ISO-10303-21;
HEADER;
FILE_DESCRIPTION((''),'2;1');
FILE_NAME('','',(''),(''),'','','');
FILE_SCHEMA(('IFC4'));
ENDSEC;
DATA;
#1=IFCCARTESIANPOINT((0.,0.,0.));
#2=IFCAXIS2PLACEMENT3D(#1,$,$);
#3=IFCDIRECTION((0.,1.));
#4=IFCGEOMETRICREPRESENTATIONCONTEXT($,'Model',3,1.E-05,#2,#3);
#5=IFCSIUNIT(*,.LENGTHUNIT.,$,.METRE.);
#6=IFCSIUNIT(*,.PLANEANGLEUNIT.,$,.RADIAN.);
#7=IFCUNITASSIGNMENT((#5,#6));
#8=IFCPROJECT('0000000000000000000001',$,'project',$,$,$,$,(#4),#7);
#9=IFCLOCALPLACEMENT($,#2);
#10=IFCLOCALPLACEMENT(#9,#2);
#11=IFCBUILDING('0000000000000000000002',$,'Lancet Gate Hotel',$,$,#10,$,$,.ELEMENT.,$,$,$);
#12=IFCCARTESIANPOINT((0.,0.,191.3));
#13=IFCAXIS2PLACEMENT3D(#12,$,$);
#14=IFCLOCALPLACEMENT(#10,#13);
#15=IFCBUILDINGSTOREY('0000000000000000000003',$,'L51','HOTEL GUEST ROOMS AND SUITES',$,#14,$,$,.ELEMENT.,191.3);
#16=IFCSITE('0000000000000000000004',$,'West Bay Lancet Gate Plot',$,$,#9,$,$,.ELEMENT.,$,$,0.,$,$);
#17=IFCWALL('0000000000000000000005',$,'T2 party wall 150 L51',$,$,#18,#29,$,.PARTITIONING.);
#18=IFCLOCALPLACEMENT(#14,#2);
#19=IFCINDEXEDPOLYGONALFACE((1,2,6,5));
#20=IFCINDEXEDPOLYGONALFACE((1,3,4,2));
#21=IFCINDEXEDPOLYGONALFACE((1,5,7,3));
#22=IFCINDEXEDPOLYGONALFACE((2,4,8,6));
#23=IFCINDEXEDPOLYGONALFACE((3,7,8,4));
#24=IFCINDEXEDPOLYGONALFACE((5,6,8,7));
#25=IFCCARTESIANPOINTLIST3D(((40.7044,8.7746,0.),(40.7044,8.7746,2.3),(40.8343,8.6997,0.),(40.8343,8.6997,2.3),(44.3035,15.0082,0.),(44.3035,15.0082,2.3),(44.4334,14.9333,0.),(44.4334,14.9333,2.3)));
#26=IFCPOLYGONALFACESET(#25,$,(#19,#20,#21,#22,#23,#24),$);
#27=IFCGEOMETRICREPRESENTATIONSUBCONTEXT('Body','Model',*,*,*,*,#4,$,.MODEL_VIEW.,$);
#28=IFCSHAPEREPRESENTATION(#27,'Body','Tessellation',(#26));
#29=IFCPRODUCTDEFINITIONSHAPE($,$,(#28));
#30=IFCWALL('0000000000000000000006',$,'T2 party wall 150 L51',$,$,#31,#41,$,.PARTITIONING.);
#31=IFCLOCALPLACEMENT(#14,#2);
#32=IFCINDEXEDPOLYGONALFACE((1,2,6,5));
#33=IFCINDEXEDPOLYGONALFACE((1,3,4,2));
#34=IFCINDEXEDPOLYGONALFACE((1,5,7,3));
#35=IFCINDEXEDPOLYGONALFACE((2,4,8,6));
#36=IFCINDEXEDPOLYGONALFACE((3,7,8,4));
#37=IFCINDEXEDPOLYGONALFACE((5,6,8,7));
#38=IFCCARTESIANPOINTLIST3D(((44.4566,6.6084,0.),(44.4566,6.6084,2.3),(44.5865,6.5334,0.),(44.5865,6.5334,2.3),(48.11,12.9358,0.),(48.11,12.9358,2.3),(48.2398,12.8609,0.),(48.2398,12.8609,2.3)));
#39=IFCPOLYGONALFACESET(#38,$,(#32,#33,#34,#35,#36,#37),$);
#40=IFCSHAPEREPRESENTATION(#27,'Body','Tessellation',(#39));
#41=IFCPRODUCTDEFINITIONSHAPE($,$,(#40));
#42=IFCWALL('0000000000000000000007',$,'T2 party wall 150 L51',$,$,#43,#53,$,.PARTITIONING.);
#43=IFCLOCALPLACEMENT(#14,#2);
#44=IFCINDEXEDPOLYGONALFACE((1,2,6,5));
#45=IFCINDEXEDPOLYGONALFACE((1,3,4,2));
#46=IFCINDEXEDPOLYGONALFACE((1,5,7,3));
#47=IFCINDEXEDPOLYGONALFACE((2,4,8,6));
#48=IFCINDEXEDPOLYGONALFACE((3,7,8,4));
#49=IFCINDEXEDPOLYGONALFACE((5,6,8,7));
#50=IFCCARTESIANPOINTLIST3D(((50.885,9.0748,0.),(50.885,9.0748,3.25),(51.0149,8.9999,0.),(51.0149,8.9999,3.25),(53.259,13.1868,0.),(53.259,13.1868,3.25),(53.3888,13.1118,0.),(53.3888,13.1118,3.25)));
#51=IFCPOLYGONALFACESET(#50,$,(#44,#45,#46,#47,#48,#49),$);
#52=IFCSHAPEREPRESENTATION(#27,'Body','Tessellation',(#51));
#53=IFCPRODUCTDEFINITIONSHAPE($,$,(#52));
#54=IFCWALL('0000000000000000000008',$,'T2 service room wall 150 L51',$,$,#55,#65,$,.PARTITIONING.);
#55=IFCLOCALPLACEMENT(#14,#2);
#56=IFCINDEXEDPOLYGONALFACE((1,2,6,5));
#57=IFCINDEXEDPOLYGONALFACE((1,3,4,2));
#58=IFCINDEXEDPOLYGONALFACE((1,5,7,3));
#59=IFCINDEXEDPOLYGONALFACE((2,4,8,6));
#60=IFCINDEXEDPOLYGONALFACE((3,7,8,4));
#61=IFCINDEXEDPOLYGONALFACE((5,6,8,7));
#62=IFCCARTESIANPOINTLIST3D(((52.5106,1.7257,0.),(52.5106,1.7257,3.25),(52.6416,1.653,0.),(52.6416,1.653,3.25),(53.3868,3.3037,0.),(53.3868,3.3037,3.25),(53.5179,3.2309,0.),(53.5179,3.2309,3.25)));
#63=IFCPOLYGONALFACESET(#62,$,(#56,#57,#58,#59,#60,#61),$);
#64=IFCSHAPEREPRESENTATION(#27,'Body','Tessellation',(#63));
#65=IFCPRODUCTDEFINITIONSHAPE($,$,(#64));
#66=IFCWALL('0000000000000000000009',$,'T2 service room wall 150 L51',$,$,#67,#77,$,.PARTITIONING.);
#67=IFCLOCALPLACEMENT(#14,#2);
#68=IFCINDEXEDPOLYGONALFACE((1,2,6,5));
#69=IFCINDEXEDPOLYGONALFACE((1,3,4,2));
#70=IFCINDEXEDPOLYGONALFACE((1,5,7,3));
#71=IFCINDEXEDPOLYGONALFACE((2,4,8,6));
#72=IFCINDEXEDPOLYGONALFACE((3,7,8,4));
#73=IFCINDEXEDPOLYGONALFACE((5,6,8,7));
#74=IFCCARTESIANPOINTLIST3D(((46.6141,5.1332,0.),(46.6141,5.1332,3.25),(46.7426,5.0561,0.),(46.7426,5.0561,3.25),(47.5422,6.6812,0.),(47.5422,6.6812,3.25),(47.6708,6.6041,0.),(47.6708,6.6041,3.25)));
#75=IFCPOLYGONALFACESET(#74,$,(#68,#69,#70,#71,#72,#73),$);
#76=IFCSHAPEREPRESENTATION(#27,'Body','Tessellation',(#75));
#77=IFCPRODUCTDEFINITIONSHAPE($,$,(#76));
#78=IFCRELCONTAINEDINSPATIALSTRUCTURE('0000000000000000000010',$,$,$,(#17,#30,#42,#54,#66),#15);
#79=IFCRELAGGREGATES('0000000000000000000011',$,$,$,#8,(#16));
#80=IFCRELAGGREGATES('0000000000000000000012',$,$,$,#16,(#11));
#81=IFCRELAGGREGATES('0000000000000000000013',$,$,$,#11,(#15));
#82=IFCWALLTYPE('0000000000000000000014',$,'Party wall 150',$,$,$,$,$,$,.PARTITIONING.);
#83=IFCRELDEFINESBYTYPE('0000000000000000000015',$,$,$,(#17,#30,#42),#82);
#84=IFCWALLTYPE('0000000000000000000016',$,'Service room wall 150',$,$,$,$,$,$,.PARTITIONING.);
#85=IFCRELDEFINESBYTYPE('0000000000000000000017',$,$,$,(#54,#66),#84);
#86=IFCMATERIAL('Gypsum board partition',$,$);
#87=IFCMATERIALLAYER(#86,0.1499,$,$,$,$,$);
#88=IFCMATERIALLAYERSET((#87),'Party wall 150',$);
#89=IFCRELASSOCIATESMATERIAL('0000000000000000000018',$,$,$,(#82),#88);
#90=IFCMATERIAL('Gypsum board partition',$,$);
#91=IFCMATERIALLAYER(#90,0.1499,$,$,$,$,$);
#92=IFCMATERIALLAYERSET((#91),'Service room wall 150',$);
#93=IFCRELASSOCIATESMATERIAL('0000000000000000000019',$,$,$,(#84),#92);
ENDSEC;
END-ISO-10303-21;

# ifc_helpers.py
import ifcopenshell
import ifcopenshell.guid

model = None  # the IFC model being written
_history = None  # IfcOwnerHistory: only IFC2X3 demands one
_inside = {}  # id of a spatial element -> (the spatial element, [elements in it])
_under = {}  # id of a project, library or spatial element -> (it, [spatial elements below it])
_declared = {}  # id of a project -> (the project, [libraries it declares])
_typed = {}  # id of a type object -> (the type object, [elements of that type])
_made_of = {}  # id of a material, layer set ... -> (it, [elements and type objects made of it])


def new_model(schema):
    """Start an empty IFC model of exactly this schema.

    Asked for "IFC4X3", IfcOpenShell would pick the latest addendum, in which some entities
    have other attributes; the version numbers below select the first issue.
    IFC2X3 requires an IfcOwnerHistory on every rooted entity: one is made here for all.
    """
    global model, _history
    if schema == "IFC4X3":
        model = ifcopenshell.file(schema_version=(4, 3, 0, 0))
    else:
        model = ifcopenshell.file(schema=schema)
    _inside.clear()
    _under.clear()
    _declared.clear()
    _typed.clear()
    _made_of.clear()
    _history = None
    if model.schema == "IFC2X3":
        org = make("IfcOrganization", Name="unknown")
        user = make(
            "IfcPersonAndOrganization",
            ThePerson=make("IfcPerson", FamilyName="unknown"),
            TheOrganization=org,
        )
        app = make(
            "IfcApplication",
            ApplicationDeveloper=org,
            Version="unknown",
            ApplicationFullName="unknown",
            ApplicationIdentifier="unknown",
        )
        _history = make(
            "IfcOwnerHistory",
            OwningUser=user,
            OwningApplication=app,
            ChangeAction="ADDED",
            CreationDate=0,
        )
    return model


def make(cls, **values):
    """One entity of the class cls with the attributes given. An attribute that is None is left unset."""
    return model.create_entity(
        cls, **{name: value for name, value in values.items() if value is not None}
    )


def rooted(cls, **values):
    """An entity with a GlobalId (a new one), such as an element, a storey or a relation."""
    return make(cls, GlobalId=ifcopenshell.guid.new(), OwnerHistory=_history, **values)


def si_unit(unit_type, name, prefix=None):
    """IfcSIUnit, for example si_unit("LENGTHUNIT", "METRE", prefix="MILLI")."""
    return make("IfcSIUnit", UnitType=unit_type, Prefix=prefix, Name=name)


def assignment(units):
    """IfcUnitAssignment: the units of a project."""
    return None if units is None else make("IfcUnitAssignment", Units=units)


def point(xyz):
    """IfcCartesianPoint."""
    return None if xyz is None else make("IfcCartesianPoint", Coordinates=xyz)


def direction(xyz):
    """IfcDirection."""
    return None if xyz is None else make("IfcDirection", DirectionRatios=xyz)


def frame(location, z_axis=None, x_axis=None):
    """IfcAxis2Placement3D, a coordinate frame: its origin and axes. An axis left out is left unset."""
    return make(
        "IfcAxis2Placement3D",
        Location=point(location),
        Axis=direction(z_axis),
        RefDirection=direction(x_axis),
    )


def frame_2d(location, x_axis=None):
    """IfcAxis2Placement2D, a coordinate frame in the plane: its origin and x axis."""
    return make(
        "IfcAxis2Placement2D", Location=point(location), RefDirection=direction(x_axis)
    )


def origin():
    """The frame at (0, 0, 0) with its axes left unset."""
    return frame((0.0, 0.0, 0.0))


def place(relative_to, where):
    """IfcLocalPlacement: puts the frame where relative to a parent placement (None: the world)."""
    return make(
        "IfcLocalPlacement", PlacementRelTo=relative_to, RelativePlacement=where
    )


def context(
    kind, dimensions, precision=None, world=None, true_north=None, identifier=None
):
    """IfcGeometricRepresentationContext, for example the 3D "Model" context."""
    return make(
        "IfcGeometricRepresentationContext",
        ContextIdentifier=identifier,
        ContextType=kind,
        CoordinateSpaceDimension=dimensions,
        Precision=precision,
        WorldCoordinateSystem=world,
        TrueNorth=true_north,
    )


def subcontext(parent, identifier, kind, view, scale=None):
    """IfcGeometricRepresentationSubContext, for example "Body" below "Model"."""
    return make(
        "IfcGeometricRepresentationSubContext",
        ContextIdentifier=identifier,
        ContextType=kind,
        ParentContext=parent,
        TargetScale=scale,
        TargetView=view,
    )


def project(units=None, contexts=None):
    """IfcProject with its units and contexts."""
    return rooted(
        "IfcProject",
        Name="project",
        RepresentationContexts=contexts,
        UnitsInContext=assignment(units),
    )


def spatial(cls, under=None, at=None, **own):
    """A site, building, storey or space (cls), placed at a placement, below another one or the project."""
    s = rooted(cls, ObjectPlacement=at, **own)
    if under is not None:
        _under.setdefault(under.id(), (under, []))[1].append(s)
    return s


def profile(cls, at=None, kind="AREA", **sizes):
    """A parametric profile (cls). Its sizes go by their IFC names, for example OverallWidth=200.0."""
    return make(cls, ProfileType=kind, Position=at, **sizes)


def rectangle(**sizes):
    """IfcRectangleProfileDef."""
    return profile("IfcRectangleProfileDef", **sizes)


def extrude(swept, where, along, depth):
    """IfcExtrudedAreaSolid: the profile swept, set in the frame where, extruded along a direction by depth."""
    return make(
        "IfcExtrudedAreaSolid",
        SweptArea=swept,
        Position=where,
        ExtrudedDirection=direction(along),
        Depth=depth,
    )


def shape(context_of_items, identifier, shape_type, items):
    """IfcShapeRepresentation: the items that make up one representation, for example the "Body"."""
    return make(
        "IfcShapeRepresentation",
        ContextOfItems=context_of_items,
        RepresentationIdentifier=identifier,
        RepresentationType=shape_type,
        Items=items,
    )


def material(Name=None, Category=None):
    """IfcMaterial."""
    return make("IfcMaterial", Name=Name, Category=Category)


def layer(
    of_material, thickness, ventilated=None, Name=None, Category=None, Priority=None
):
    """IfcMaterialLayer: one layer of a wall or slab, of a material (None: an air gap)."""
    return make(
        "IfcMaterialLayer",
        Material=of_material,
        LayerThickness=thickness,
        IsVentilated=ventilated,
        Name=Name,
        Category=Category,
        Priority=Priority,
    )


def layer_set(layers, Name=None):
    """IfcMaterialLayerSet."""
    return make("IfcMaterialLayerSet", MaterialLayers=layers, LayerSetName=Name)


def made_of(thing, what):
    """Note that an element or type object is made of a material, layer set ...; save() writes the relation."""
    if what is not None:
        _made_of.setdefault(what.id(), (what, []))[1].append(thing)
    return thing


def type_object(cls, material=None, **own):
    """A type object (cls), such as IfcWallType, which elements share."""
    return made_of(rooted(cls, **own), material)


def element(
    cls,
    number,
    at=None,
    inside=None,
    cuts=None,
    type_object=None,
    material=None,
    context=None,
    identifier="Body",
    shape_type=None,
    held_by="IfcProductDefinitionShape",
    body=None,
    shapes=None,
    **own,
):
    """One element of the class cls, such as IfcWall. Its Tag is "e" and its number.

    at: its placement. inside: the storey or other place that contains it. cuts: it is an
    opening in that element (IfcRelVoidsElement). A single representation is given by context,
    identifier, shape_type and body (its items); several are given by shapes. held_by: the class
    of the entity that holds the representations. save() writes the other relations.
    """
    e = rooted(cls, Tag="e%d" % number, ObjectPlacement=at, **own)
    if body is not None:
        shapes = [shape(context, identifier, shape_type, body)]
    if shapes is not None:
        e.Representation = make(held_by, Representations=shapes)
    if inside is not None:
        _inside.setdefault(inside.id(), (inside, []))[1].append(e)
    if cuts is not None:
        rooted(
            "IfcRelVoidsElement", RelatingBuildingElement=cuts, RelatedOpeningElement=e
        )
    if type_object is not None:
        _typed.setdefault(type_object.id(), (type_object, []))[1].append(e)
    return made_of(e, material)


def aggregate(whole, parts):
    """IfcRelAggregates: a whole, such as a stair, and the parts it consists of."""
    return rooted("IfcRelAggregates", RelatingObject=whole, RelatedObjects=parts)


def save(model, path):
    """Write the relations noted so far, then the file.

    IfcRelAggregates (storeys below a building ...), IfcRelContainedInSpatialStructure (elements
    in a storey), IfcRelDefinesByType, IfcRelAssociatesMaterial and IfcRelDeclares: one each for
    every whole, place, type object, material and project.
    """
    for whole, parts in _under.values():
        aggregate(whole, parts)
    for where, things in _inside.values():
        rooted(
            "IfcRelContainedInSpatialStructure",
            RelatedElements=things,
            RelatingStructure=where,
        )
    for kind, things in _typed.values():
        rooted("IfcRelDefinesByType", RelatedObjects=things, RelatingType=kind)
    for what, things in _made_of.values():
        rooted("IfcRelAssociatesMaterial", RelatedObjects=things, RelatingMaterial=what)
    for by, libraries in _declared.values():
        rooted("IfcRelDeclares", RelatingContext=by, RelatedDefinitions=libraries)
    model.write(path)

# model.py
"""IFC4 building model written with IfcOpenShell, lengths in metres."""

from ifc_helpers import new_model, si_unit, direction, frame, frame_2d, origin, place, context, subcontext, project, spatial, rectangle, extrude, material, layer, layer_set, type_object, element, save


model = new_model("IFC4")

# Units and contexts
model_context = context("Model", 3, precision=1e-05, world=origin(), true_north=direction((0.0, 1.0)))
body_context = subcontext(model_context, "Body", "Model", "MODEL_VIEW")
ifc_project = project(units=[si_unit("LENGTHUNIT", "METRE"), si_unit("PLANEANGLEUNIT", "RADIAN")], contexts=[model_context])

# Site, building, storey
site_placement = place(None, origin())
site = spatial("IfcSite", under=ifc_project, at=site_placement, Name="West Bay Lancet Gate Plot", CompositionType="ELEMENT", RefElevation=0.0)
building_placement = place(site_placement, origin())
building = spatial("IfcBuilding", under=site, at=building_placement, Name="Lancet Gate Hotel", CompositionType="ELEMENT")
storey_placement = place(building_placement, frame((0.0, 0.0, 191.3)))
storey = spatial("IfcBuildingStorey", under=building, at=storey_placement, Name="L51", Description="HOTEL GUEST ROOMS AND SUITES", CompositionType="ELEMENT", Elevation=191.3)

# Walls
ifc_material_1 = material(Name="Gypsum board partition")
ifc_layer_1 = layer(ifc_material_1, 0.1499)
ifc_layer_set_1 = layer_set([ifc_layer_1], Name="Party wall 150")
wall_type_1 = type_object("IfcWallType", Name="Party wall 150", PredefinedType="PARTITIONING", material=ifc_layer_set_1)
wall_1_placement = place(storey_placement, frame((40.7693, 8.7371, 0.0), z_axis=(0.0, 0.0, 1.0), x_axis=(0.500013, 0.866018, 0.0)))
element("IfcWall", 1, at=wall_1_placement, inside=storey, type_object=wall_type_1, Name="T2 party wall 150 L51", PredefinedType="PARTITIONING", context=body_context, shape_type="SweptSolid", body=[
    extrude(rectangle(XDim=7.198, YDim=0.1499, at=frame_2d((3.5991, 0.0))), origin(), (0.0, 0.0, 1.0), 2.3),
])
wall_2_placement = place(storey_placement, frame((44.5215, 6.5708, 0.0), z_axis=(0.0, 0.0, 1.0), x_axis=(0.50002, 0.866014, 0.0)))
element("IfcWall", 2, at=wall_2_placement, inside=storey, type_object=wall_type_1, Name="T2 party wall 150 L51", PredefinedType="PARTITIONING", context=body_context, shape_type="SweptSolid", body=[
    extrude(rectangle(XDim=7.3064, YDim=0.1499, at=frame_2d((3.6533, 0.0))), origin(), (0.0, 0.0, 1.0), 2.3),
])
wall_3_placement = place(storey_placement, frame((50.95, 9.0374, 0.0), z_axis=(0.0, 0.0, 1.0), x_axis=(0.499988, 0.866032, 0.0)))
element("IfcWall", 3, at=wall_3_placement, inside=storey, type_object=wall_type_1, Name="T2 party wall 150 L51", PredefinedType="PARTITIONING", context=body_context, shape_type="SweptSolid", body=[
    extrude(rectangle(XDim=4.748, YDim=0.1499, at=frame_2d((2.374, 0.0))), origin(), (0.0, 0.0, 1.0), 3.25),
])
ifc_material_2 = material(Name="Gypsum board partition")
ifc_layer_2 = layer(ifc_material_2, 0.1499)
ifc_layer_set_2 = layer_set([ifc_layer_2], Name="Service room wall 150")
wall_type_2 = type_object("IfcWallType", Name="Service room wall 150", PredefinedType="PARTITIONING", material=ifc_layer_set_2)
for number, where, z_axis, x_axis, name in (
    (4, (52.5762, 1.6895, 0.0), (0.0, 0.0, 1.0), (0.485482, 0.874247, 0.0), "T2 service room wall 150 L51"),
    (5, (47.6064, 6.6426, 0.0), (0.0, 0.0, 1.0), (-0.514237, -0.857648, 0.0), "T2 service room wall 150 L51"),
):
    element("IfcWall", number, at=place(storey_placement, frame(where, z_axis=z_axis, x_axis=x_axis)), inside=storey, type_object=wall_type_2, Name=name, PredefinedType="PARTITIONING", context=body_context, shape_type="SweptSolid", body=[
        extrude(rectangle(XDim=1.8049, YDim=0.1499, at=frame_2d((0.9023, 0.0))), origin(), (0.0, 0.0, 1.0), 3.25),
    ])

save(model, "model.ifc")
